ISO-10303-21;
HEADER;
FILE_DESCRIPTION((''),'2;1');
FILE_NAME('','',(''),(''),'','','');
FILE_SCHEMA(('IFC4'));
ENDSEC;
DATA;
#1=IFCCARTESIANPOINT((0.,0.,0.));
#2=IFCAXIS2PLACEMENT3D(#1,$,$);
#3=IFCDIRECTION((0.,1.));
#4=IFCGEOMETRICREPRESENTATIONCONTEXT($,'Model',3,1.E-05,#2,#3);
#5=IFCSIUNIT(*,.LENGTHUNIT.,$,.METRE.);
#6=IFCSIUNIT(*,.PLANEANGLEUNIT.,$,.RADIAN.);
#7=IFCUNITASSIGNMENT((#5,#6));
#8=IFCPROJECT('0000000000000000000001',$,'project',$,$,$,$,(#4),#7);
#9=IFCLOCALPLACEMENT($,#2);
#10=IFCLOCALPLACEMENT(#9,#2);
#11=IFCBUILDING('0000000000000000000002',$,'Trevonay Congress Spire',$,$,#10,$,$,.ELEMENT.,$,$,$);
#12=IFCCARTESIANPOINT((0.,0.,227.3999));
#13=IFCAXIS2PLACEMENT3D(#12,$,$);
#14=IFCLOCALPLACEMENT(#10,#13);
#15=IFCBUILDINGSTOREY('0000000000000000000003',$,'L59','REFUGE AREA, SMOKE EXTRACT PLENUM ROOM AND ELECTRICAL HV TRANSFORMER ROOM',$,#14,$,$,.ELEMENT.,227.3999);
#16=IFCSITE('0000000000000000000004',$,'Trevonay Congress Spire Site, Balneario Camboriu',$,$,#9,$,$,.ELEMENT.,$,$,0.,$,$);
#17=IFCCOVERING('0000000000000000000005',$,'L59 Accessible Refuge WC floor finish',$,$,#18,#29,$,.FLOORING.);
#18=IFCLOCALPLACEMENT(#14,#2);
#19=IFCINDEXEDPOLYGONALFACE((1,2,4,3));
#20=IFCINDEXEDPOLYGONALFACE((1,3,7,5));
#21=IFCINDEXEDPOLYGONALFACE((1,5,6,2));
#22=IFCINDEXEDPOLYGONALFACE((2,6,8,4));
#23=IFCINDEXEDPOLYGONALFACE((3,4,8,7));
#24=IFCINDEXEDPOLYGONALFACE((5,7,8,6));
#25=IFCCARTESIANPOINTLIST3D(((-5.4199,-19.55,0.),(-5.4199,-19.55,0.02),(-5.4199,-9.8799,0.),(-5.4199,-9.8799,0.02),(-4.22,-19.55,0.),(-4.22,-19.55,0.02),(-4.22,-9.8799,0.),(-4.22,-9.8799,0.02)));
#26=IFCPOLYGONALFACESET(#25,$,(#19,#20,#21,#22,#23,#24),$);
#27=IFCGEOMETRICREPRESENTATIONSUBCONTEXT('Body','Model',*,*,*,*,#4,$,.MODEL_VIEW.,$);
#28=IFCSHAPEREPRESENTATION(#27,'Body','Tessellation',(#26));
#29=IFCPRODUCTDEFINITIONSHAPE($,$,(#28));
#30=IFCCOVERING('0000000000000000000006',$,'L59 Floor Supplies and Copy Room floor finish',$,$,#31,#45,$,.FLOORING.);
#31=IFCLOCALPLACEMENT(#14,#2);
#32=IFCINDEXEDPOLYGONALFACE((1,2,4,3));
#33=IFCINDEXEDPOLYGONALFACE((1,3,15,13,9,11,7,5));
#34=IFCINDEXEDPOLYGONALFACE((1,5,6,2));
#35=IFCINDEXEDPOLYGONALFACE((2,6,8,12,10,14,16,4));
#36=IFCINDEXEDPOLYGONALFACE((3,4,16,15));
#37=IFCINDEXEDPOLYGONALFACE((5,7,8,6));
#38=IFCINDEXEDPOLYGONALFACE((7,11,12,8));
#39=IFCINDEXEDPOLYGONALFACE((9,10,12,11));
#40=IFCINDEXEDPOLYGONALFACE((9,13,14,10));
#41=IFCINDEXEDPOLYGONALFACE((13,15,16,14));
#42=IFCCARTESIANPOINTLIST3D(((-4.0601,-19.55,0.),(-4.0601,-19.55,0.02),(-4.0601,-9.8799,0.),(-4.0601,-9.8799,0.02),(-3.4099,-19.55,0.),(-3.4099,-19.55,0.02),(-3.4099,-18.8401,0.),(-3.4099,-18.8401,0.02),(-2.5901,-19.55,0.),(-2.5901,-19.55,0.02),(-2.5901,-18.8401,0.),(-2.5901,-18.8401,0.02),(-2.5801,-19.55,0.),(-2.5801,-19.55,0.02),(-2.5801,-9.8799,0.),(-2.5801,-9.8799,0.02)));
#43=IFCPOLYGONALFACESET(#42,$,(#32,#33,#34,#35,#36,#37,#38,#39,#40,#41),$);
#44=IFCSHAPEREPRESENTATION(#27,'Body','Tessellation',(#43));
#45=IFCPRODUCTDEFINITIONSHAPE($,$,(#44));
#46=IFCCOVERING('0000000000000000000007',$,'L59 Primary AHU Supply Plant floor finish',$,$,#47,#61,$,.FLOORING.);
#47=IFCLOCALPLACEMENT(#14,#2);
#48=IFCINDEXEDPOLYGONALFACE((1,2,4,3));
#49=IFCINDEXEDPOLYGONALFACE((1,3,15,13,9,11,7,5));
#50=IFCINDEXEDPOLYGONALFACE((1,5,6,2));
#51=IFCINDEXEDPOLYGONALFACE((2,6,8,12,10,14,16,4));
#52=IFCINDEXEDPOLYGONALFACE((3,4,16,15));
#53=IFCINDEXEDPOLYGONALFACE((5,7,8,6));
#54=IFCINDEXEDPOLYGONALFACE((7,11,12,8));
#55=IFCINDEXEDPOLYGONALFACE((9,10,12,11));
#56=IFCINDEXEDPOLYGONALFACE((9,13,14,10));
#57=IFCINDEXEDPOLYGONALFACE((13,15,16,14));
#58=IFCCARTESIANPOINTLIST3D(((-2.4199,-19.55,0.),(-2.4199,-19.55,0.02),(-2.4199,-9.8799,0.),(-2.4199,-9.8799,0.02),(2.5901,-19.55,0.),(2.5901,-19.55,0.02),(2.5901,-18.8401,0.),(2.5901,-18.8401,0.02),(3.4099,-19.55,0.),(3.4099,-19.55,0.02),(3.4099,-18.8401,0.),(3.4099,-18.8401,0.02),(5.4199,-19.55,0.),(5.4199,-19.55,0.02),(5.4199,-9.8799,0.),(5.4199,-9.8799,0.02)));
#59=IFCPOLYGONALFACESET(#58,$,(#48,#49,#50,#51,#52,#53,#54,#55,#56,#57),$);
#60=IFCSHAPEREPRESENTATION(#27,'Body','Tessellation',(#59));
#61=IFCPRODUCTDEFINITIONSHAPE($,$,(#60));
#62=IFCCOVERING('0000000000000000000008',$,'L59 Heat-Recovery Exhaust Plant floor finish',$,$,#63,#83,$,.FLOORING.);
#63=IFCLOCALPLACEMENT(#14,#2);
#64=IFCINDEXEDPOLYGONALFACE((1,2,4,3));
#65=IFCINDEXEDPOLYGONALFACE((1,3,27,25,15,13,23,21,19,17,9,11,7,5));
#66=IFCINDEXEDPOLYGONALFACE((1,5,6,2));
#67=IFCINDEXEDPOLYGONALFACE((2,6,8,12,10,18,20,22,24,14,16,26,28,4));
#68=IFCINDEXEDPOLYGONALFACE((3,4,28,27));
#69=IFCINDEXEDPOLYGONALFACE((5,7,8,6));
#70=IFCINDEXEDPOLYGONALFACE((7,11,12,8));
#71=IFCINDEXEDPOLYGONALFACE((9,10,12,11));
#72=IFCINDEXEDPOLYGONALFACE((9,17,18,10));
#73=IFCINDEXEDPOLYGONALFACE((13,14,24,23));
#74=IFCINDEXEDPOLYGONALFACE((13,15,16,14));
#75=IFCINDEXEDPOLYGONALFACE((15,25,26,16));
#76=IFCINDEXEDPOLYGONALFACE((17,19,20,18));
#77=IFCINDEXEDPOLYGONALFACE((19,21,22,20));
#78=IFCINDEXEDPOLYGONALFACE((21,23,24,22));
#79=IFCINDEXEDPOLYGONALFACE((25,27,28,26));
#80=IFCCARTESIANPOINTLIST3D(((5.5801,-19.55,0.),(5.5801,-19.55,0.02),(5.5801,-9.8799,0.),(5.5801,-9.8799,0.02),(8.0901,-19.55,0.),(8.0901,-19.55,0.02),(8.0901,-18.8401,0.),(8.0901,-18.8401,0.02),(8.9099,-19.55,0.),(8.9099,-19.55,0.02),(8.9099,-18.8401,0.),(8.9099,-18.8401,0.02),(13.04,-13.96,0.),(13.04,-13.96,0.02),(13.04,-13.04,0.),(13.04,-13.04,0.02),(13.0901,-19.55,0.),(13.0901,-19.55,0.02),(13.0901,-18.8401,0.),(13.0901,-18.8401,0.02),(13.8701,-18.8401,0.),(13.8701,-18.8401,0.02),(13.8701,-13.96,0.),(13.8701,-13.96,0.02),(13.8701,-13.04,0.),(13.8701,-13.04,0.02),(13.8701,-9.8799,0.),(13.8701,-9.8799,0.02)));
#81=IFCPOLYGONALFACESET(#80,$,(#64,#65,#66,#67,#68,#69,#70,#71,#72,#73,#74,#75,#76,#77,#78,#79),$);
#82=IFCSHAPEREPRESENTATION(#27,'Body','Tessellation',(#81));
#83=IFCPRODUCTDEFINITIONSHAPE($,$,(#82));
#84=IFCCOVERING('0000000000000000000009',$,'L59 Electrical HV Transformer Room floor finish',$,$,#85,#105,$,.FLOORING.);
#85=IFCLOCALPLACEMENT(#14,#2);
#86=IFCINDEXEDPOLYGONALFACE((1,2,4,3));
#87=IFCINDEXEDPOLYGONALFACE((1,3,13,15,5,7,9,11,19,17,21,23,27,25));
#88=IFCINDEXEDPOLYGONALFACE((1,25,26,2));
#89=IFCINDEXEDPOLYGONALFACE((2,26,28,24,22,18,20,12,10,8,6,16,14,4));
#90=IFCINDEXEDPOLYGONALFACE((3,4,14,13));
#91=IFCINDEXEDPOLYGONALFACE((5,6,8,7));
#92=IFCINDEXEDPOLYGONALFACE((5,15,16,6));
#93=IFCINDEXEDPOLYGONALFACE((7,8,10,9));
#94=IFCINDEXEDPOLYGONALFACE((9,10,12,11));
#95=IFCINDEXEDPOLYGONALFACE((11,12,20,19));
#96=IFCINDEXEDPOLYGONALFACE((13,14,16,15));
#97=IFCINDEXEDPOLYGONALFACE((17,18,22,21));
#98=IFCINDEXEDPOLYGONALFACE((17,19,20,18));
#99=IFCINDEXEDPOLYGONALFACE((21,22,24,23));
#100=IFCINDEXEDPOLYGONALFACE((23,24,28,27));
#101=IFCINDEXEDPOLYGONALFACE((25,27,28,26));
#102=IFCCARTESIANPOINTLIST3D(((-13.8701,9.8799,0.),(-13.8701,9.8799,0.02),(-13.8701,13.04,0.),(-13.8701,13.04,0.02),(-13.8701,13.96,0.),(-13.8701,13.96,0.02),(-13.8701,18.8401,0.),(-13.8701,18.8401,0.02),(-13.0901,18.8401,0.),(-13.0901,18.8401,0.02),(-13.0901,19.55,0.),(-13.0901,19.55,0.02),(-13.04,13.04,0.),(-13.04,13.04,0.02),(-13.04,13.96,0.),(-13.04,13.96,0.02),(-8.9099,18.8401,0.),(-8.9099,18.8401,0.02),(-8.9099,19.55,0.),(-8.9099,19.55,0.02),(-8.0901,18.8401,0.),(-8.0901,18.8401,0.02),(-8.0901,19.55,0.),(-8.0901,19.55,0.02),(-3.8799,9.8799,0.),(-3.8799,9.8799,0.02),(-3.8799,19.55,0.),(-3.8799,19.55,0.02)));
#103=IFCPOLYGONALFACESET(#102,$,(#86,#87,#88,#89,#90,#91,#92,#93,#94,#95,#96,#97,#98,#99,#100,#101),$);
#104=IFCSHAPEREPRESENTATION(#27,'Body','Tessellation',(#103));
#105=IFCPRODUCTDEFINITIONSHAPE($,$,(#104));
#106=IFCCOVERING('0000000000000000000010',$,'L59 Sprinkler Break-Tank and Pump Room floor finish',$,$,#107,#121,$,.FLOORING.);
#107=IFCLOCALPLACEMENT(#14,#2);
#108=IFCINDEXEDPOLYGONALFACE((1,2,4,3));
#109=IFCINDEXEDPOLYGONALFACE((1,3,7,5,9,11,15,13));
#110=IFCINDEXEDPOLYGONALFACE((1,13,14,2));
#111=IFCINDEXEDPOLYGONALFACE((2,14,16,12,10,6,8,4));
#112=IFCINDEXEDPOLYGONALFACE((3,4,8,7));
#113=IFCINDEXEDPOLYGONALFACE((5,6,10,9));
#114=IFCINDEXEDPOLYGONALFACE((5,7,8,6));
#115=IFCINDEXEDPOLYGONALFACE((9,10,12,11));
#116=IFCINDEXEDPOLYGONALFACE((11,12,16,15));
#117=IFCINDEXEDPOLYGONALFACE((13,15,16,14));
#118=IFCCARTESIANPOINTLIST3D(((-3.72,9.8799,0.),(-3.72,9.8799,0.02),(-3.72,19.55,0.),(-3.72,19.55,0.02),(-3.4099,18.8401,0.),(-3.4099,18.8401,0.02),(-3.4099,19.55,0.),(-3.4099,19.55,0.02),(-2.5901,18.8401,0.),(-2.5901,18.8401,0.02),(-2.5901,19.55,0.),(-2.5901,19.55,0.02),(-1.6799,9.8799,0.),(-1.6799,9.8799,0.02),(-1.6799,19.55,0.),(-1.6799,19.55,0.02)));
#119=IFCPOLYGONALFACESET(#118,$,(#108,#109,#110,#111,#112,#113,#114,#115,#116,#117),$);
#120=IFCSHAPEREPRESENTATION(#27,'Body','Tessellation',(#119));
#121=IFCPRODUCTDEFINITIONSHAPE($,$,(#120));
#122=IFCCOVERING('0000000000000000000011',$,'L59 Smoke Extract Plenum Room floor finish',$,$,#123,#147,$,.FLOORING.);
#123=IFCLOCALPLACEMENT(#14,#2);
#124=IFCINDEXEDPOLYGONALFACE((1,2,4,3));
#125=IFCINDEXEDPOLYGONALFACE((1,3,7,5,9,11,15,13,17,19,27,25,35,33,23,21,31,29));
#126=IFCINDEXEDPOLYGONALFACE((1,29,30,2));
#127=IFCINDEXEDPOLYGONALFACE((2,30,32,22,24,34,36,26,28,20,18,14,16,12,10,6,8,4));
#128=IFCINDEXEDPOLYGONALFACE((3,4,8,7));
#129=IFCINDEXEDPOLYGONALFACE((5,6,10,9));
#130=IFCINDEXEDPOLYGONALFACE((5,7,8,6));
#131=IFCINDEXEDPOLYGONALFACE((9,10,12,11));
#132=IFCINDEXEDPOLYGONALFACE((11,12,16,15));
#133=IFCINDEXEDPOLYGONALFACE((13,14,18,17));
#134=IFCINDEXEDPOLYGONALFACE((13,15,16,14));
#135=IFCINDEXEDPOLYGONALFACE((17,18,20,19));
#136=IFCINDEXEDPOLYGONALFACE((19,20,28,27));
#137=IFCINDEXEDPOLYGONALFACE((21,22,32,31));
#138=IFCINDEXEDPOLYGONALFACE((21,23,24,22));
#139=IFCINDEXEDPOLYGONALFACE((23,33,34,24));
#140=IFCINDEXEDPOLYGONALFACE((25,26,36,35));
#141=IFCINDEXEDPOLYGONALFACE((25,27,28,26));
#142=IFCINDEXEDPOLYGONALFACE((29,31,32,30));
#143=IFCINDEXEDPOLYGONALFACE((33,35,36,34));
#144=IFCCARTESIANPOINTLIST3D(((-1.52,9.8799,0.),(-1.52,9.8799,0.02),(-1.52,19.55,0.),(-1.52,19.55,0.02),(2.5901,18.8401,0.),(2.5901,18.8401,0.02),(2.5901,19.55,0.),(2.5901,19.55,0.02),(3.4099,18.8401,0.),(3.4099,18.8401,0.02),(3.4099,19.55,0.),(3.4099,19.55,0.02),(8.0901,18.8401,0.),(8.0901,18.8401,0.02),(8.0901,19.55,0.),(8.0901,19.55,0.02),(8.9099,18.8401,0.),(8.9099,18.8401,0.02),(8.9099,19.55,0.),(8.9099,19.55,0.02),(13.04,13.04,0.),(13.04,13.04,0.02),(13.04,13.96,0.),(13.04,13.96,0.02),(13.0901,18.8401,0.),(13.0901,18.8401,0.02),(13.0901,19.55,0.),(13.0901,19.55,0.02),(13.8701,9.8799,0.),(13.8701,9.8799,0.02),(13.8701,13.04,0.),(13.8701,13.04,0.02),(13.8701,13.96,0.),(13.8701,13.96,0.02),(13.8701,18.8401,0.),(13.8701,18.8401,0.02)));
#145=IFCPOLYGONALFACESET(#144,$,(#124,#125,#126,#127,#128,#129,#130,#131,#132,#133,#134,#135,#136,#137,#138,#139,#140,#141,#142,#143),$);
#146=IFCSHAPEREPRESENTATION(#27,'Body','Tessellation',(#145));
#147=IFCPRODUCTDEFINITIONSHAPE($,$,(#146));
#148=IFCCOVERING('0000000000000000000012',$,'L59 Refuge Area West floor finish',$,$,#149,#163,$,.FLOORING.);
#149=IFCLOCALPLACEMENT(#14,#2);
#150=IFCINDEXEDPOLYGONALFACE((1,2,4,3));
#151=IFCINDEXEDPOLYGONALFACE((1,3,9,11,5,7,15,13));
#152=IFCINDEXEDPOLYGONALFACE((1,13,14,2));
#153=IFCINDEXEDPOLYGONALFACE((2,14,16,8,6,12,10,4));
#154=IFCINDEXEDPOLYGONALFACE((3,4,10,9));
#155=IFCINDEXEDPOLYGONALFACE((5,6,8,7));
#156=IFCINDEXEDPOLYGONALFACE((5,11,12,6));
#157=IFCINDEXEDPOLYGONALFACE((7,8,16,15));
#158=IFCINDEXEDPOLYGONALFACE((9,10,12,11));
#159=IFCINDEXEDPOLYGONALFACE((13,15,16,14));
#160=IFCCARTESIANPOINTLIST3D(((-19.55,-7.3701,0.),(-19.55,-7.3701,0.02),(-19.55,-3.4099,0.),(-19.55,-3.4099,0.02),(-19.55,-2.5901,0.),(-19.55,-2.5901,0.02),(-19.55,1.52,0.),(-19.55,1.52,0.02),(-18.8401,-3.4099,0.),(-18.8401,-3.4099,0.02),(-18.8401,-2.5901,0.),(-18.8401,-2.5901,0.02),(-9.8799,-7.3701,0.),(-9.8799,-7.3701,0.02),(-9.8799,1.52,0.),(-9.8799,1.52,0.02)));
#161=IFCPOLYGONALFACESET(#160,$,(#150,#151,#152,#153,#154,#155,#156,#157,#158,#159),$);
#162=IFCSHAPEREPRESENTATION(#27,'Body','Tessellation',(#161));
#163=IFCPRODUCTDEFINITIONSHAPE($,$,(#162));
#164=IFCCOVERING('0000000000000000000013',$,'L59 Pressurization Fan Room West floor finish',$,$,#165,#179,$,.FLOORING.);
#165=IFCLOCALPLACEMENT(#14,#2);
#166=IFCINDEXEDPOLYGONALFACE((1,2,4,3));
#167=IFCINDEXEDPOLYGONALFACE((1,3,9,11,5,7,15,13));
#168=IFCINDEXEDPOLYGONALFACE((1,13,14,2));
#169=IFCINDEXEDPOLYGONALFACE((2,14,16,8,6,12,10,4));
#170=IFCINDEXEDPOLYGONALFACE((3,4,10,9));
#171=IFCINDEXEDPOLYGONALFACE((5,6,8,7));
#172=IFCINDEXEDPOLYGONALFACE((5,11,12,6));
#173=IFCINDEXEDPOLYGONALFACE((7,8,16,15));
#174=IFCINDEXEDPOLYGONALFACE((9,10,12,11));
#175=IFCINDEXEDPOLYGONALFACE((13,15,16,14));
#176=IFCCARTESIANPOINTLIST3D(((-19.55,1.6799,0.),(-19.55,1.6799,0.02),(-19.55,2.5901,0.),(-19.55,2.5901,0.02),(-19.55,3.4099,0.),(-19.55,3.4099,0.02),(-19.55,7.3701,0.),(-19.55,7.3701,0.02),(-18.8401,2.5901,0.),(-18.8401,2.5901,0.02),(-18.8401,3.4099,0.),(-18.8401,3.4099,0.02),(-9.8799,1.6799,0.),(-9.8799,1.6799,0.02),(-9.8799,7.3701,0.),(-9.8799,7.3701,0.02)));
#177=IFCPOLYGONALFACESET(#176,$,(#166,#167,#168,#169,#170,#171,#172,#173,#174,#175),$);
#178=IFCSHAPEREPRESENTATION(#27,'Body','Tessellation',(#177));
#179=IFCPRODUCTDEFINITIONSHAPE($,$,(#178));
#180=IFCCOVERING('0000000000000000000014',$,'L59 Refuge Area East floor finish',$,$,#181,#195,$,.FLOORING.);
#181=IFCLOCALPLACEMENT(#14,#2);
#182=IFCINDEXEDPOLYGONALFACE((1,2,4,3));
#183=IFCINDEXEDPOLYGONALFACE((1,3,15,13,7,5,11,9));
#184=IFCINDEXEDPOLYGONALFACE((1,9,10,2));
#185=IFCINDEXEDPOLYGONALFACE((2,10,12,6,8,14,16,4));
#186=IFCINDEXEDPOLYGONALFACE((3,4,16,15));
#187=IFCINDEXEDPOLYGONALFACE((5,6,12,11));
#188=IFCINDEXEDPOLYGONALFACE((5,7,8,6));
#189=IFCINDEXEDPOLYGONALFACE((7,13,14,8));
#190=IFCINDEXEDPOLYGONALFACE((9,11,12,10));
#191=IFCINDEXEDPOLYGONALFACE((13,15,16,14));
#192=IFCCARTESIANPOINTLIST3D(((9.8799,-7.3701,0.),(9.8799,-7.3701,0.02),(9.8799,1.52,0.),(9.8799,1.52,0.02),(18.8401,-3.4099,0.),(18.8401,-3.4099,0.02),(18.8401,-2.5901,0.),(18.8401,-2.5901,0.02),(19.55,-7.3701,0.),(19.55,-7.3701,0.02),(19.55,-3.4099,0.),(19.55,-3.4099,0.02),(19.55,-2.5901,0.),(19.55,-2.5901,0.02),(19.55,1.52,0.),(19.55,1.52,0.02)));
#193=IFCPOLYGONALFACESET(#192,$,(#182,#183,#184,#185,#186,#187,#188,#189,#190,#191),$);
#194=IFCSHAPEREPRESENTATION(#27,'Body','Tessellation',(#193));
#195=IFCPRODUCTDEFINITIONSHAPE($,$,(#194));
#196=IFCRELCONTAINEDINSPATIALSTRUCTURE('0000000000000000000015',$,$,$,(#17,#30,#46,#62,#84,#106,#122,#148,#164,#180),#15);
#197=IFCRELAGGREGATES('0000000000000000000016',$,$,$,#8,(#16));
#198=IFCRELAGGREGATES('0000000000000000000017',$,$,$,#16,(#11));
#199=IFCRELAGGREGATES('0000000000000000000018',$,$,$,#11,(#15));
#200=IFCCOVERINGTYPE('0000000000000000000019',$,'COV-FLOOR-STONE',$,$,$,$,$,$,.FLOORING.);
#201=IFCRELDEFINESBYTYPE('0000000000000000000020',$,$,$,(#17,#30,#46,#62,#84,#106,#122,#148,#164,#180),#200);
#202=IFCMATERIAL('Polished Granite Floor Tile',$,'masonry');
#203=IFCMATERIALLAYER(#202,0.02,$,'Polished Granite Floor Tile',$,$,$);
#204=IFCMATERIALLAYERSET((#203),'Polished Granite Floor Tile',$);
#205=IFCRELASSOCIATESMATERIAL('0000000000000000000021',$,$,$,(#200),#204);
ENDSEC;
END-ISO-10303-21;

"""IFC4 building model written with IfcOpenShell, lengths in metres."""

from ifc_helpers import new_model, si_unit, direction, frame, origin, place, context, subcontext, project, spatial, polyline, outline, extrude, material, layer, layer_set, type_object, element, save


model = new_model("IFC4")

# Units and contexts
model_context = context("Model", 3, precision=1e-05, world=origin(), true_north=direction((0.0, 1.0)))
body_context = subcontext(model_context, "Body", "Model", "MODEL_VIEW")
ifc_project = project(units=[si_unit("LENGTHUNIT", "METRE"), si_unit("PLANEANGLEUNIT", "RADIAN")], contexts=[model_context])

# Site, building, storey
site_placement = place(None, origin())
site = spatial("IfcSite", under=ifc_project, at=site_placement, Name="Trevonay Congress Spire Site, Balneario Camboriu", CompositionType="ELEMENT", RefElevation=0.0)
building_placement = place(site_placement, origin())
building = spatial("IfcBuilding", under=site, at=building_placement, Name="Trevonay Congress Spire", CompositionType="ELEMENT")
storey_placement = place(building_placement, frame((0.0, 0.0, 227.3999)))
storey = spatial("IfcBuildingStorey", under=building, at=storey_placement, Name="L59", Description="REFUGE AREA, SMOKE EXTRACT PLENUM ROOM AND ELECTRICAL HV TRANSFORMER ROOM", CompositionType="ELEMENT", Elevation=227.3999)

# Coverings
ifc_material_1 = material(Name="Polished Granite Floor Tile", Category="masonry")
ifc_layer_1 = layer(ifc_material_1, 0.02, Name="Polished Granite Floor Tile")
ifc_layer_set_1 = layer_set([ifc_layer_1], Name="Polished Granite Floor Tile")
covering_type_1 = type_object("IfcCoveringType", Name="COV-FLOOR-STONE", PredefinedType="FLOORING", material=ifc_layer_set_1)
covering_1_placement = place(storey_placement, origin())
element("IfcCovering", 1, at=covering_1_placement, inside=storey, type_object=covering_type_1, Name="L59 Accessible Refuge WC floor finish", PredefinedType="FLOORING", context=body_context, shape_type="SweptSolid", body=[
    extrude(outline(polyline([(-5.4199, -19.55), (-4.22, -19.55), (-4.22, -9.8799), (-5.4199, -9.8799), (-5.4199, -19.55)])), origin(), (0.0, 0.0, 1.0), 0.02),
])
covering_2_placement = place(storey_placement, origin())
element("IfcCovering", 2, at=covering_2_placement, inside=storey, type_object=covering_type_1, Name="L59 Floor Supplies and Copy Room floor finish", PredefinedType="FLOORING", context=body_context, shape_type="SweptSolid", body=[
    extrude(outline(polyline([(-4.0601, -19.55), (-4.0601, -9.8799), (-2.5801, -9.8799), (-2.5801, -19.55), (-2.5901, -19.55), (-2.5901, -18.8401), (-3.4099, -18.8401), (-3.4099, -19.55), (-4.0601, -19.55)])), origin(), (0.0, 0.0, 1.0), 0.02),
])
covering_3_placement = place(storey_placement, origin())
element("IfcCovering", 3, at=covering_3_placement, inside=storey, type_object=covering_type_1, Name="L59 Primary AHU Supply Plant floor finish", PredefinedType="FLOORING", context=body_context, shape_type="SweptSolid", body=[
    extrude(outline(polyline([(-2.4199, -19.55), (-2.4199, -9.8799), (5.4199, -9.8799), (5.4199, -19.55), (3.4099, -19.55), (3.4099, -18.8401), (2.5901, -18.8401), (2.5901, -19.55), (-2.4199, -19.55)])), origin(), (0.0, 0.0, 1.0), 0.02),
])
covering_4_placement = place(storey_placement, origin())
element("IfcCovering", 4, at=covering_4_placement, inside=storey, type_object=covering_type_1, Name="L59 Heat-Recovery Exhaust Plant floor finish", PredefinedType="FLOORING", context=body_context, shape_type="SweptSolid", body=[
    extrude(outline(polyline([(5.5801, -19.55), (5.5801, -9.8799), (13.8701, -9.8799), (13.8701, -13.04), (13.04, -13.04), (13.04, -13.96), (13.8701, -13.96), (13.8701, -18.8401), (13.0901, -18.8401), (13.0901, -19.55), (8.9099, -19.55), (8.9099, -18.8401), (8.0901, -18.8401), (8.0901, -19.55), (5.5801, -19.55)])), origin(), (0.0, 0.0, 1.0), 0.02),
])
covering_5_placement = place(storey_placement, origin())
element("IfcCovering", 5, at=covering_5_placement, inside=storey, type_object=covering_type_1, Name="L59 Electrical HV Transformer Room floor finish", PredefinedType="FLOORING", context=body_context, shape_type="SweptSolid", body=[
    extrude(outline(polyline([(-3.8799, 19.55), (-3.8799, 9.8799), (-13.8701, 9.8799), (-13.8701, 13.04), (-13.04, 13.04), (-13.04, 13.96), (-13.8701, 13.96), (-13.8701, 18.8401), (-13.0901, 18.8401), (-13.0901, 19.55), (-8.9099, 19.55), (-8.9099, 18.8401), (-8.0901, 18.8401), (-8.0901, 19.55), (-3.8799, 19.55)])), origin(), (0.0, 0.0, 1.0), 0.02),
])
covering_6_placement = place(storey_placement, origin())
element("IfcCovering", 6, at=covering_6_placement, inside=storey, type_object=covering_type_1, Name="L59 Sprinkler Break-Tank and Pump Room floor finish", PredefinedType="FLOORING", context=body_context, shape_type="SweptSolid", body=[
    extrude(outline(polyline([(-1.6799, 19.55), (-1.6799, 9.8799), (-3.72, 9.8799), (-3.72, 19.55), (-3.4099, 19.55), (-3.4099, 18.8401), (-2.5901, 18.8401), (-2.5901, 19.55), (-1.6799, 19.55)])), origin(), (0.0, 0.0, 1.0), 0.02),
])
covering_7_placement = place(storey_placement, origin())
element("IfcCovering", 7, at=covering_7_placement, inside=storey, type_object=covering_type_1, Name="L59 Smoke Extract Plenum Room floor finish", PredefinedType="FLOORING", context=body_context, shape_type="SweptSolid", body=[
    extrude(outline(polyline([(13.8701, 9.8799), (-1.52, 9.8799), (-1.52, 19.55), (2.5901, 19.55), (2.5901, 18.8401), (3.4099, 18.8401), (3.4099, 19.55), (8.0901, 19.55), (8.0901, 18.8401), (8.9099, 18.8401), (8.9099, 19.55), (13.0901, 19.55), (13.0901, 18.8401), (13.8701, 18.8401), (13.8701, 13.96), (13.04, 13.96), (13.04, 13.04), (13.8701, 13.04), (13.8701, 9.8799)])), origin(), (0.0, 0.0, 1.0), 0.02),
])
covering_8_placement = place(storey_placement, origin())
element("IfcCovering", 8, at=covering_8_placement, inside=storey, type_object=covering_type_1, Name="L59 Refuge Area West floor finish", PredefinedType="FLOORING", context=body_context, shape_type="SweptSolid", body=[
    extrude(outline(polyline([(-19.55, 1.52), (-9.8799, 1.52), (-9.8799, -7.3701), (-19.55, -7.3701), (-19.55, -3.4099), (-18.8401, -3.4099), (-18.8401, -2.5901), (-19.55, -2.5901), (-19.55, 1.52)])), origin(), (0.0, 0.0, 1.0), 0.02),
])
covering_9_placement = place(storey_placement, origin())
element("IfcCovering", 9, at=covering_9_placement, inside=storey, type_object=covering_type_1, Name="L59 Pressurization Fan Room West floor finish", PredefinedType="FLOORING", context=body_context, shape_type="SweptSolid", body=[
    extrude(outline(polyline([(-19.55, 7.3701), (-9.8799, 7.3701), (-9.8799, 1.6799), (-19.55, 1.6799), (-19.55, 2.5901), (-18.8401, 2.5901), (-18.8401, 3.4099), (-19.55, 3.4099), (-19.55, 7.3701)])), origin(), (0.0, 0.0, 1.0), 0.02),
])
covering_10_placement = place(storey_placement, origin())
element("IfcCovering", 10, at=covering_10_placement, inside=storey, type_object=covering_type_1, Name="L59 Refuge Area East floor finish", PredefinedType="FLOORING", context=body_context, shape_type="SweptSolid", body=[
    extrude(outline(polyline([(19.55, -7.3701), (9.8799, -7.3701), (9.8799, 1.52), (19.55, 1.52), (19.55, -2.5901), (18.8401, -2.5901), (18.8401, -3.4099), (19.55, -3.4099), (19.55, -7.3701)])), origin(), (0.0, 0.0, 1.0), 0.02),
])

save(model, "model.ifc")
